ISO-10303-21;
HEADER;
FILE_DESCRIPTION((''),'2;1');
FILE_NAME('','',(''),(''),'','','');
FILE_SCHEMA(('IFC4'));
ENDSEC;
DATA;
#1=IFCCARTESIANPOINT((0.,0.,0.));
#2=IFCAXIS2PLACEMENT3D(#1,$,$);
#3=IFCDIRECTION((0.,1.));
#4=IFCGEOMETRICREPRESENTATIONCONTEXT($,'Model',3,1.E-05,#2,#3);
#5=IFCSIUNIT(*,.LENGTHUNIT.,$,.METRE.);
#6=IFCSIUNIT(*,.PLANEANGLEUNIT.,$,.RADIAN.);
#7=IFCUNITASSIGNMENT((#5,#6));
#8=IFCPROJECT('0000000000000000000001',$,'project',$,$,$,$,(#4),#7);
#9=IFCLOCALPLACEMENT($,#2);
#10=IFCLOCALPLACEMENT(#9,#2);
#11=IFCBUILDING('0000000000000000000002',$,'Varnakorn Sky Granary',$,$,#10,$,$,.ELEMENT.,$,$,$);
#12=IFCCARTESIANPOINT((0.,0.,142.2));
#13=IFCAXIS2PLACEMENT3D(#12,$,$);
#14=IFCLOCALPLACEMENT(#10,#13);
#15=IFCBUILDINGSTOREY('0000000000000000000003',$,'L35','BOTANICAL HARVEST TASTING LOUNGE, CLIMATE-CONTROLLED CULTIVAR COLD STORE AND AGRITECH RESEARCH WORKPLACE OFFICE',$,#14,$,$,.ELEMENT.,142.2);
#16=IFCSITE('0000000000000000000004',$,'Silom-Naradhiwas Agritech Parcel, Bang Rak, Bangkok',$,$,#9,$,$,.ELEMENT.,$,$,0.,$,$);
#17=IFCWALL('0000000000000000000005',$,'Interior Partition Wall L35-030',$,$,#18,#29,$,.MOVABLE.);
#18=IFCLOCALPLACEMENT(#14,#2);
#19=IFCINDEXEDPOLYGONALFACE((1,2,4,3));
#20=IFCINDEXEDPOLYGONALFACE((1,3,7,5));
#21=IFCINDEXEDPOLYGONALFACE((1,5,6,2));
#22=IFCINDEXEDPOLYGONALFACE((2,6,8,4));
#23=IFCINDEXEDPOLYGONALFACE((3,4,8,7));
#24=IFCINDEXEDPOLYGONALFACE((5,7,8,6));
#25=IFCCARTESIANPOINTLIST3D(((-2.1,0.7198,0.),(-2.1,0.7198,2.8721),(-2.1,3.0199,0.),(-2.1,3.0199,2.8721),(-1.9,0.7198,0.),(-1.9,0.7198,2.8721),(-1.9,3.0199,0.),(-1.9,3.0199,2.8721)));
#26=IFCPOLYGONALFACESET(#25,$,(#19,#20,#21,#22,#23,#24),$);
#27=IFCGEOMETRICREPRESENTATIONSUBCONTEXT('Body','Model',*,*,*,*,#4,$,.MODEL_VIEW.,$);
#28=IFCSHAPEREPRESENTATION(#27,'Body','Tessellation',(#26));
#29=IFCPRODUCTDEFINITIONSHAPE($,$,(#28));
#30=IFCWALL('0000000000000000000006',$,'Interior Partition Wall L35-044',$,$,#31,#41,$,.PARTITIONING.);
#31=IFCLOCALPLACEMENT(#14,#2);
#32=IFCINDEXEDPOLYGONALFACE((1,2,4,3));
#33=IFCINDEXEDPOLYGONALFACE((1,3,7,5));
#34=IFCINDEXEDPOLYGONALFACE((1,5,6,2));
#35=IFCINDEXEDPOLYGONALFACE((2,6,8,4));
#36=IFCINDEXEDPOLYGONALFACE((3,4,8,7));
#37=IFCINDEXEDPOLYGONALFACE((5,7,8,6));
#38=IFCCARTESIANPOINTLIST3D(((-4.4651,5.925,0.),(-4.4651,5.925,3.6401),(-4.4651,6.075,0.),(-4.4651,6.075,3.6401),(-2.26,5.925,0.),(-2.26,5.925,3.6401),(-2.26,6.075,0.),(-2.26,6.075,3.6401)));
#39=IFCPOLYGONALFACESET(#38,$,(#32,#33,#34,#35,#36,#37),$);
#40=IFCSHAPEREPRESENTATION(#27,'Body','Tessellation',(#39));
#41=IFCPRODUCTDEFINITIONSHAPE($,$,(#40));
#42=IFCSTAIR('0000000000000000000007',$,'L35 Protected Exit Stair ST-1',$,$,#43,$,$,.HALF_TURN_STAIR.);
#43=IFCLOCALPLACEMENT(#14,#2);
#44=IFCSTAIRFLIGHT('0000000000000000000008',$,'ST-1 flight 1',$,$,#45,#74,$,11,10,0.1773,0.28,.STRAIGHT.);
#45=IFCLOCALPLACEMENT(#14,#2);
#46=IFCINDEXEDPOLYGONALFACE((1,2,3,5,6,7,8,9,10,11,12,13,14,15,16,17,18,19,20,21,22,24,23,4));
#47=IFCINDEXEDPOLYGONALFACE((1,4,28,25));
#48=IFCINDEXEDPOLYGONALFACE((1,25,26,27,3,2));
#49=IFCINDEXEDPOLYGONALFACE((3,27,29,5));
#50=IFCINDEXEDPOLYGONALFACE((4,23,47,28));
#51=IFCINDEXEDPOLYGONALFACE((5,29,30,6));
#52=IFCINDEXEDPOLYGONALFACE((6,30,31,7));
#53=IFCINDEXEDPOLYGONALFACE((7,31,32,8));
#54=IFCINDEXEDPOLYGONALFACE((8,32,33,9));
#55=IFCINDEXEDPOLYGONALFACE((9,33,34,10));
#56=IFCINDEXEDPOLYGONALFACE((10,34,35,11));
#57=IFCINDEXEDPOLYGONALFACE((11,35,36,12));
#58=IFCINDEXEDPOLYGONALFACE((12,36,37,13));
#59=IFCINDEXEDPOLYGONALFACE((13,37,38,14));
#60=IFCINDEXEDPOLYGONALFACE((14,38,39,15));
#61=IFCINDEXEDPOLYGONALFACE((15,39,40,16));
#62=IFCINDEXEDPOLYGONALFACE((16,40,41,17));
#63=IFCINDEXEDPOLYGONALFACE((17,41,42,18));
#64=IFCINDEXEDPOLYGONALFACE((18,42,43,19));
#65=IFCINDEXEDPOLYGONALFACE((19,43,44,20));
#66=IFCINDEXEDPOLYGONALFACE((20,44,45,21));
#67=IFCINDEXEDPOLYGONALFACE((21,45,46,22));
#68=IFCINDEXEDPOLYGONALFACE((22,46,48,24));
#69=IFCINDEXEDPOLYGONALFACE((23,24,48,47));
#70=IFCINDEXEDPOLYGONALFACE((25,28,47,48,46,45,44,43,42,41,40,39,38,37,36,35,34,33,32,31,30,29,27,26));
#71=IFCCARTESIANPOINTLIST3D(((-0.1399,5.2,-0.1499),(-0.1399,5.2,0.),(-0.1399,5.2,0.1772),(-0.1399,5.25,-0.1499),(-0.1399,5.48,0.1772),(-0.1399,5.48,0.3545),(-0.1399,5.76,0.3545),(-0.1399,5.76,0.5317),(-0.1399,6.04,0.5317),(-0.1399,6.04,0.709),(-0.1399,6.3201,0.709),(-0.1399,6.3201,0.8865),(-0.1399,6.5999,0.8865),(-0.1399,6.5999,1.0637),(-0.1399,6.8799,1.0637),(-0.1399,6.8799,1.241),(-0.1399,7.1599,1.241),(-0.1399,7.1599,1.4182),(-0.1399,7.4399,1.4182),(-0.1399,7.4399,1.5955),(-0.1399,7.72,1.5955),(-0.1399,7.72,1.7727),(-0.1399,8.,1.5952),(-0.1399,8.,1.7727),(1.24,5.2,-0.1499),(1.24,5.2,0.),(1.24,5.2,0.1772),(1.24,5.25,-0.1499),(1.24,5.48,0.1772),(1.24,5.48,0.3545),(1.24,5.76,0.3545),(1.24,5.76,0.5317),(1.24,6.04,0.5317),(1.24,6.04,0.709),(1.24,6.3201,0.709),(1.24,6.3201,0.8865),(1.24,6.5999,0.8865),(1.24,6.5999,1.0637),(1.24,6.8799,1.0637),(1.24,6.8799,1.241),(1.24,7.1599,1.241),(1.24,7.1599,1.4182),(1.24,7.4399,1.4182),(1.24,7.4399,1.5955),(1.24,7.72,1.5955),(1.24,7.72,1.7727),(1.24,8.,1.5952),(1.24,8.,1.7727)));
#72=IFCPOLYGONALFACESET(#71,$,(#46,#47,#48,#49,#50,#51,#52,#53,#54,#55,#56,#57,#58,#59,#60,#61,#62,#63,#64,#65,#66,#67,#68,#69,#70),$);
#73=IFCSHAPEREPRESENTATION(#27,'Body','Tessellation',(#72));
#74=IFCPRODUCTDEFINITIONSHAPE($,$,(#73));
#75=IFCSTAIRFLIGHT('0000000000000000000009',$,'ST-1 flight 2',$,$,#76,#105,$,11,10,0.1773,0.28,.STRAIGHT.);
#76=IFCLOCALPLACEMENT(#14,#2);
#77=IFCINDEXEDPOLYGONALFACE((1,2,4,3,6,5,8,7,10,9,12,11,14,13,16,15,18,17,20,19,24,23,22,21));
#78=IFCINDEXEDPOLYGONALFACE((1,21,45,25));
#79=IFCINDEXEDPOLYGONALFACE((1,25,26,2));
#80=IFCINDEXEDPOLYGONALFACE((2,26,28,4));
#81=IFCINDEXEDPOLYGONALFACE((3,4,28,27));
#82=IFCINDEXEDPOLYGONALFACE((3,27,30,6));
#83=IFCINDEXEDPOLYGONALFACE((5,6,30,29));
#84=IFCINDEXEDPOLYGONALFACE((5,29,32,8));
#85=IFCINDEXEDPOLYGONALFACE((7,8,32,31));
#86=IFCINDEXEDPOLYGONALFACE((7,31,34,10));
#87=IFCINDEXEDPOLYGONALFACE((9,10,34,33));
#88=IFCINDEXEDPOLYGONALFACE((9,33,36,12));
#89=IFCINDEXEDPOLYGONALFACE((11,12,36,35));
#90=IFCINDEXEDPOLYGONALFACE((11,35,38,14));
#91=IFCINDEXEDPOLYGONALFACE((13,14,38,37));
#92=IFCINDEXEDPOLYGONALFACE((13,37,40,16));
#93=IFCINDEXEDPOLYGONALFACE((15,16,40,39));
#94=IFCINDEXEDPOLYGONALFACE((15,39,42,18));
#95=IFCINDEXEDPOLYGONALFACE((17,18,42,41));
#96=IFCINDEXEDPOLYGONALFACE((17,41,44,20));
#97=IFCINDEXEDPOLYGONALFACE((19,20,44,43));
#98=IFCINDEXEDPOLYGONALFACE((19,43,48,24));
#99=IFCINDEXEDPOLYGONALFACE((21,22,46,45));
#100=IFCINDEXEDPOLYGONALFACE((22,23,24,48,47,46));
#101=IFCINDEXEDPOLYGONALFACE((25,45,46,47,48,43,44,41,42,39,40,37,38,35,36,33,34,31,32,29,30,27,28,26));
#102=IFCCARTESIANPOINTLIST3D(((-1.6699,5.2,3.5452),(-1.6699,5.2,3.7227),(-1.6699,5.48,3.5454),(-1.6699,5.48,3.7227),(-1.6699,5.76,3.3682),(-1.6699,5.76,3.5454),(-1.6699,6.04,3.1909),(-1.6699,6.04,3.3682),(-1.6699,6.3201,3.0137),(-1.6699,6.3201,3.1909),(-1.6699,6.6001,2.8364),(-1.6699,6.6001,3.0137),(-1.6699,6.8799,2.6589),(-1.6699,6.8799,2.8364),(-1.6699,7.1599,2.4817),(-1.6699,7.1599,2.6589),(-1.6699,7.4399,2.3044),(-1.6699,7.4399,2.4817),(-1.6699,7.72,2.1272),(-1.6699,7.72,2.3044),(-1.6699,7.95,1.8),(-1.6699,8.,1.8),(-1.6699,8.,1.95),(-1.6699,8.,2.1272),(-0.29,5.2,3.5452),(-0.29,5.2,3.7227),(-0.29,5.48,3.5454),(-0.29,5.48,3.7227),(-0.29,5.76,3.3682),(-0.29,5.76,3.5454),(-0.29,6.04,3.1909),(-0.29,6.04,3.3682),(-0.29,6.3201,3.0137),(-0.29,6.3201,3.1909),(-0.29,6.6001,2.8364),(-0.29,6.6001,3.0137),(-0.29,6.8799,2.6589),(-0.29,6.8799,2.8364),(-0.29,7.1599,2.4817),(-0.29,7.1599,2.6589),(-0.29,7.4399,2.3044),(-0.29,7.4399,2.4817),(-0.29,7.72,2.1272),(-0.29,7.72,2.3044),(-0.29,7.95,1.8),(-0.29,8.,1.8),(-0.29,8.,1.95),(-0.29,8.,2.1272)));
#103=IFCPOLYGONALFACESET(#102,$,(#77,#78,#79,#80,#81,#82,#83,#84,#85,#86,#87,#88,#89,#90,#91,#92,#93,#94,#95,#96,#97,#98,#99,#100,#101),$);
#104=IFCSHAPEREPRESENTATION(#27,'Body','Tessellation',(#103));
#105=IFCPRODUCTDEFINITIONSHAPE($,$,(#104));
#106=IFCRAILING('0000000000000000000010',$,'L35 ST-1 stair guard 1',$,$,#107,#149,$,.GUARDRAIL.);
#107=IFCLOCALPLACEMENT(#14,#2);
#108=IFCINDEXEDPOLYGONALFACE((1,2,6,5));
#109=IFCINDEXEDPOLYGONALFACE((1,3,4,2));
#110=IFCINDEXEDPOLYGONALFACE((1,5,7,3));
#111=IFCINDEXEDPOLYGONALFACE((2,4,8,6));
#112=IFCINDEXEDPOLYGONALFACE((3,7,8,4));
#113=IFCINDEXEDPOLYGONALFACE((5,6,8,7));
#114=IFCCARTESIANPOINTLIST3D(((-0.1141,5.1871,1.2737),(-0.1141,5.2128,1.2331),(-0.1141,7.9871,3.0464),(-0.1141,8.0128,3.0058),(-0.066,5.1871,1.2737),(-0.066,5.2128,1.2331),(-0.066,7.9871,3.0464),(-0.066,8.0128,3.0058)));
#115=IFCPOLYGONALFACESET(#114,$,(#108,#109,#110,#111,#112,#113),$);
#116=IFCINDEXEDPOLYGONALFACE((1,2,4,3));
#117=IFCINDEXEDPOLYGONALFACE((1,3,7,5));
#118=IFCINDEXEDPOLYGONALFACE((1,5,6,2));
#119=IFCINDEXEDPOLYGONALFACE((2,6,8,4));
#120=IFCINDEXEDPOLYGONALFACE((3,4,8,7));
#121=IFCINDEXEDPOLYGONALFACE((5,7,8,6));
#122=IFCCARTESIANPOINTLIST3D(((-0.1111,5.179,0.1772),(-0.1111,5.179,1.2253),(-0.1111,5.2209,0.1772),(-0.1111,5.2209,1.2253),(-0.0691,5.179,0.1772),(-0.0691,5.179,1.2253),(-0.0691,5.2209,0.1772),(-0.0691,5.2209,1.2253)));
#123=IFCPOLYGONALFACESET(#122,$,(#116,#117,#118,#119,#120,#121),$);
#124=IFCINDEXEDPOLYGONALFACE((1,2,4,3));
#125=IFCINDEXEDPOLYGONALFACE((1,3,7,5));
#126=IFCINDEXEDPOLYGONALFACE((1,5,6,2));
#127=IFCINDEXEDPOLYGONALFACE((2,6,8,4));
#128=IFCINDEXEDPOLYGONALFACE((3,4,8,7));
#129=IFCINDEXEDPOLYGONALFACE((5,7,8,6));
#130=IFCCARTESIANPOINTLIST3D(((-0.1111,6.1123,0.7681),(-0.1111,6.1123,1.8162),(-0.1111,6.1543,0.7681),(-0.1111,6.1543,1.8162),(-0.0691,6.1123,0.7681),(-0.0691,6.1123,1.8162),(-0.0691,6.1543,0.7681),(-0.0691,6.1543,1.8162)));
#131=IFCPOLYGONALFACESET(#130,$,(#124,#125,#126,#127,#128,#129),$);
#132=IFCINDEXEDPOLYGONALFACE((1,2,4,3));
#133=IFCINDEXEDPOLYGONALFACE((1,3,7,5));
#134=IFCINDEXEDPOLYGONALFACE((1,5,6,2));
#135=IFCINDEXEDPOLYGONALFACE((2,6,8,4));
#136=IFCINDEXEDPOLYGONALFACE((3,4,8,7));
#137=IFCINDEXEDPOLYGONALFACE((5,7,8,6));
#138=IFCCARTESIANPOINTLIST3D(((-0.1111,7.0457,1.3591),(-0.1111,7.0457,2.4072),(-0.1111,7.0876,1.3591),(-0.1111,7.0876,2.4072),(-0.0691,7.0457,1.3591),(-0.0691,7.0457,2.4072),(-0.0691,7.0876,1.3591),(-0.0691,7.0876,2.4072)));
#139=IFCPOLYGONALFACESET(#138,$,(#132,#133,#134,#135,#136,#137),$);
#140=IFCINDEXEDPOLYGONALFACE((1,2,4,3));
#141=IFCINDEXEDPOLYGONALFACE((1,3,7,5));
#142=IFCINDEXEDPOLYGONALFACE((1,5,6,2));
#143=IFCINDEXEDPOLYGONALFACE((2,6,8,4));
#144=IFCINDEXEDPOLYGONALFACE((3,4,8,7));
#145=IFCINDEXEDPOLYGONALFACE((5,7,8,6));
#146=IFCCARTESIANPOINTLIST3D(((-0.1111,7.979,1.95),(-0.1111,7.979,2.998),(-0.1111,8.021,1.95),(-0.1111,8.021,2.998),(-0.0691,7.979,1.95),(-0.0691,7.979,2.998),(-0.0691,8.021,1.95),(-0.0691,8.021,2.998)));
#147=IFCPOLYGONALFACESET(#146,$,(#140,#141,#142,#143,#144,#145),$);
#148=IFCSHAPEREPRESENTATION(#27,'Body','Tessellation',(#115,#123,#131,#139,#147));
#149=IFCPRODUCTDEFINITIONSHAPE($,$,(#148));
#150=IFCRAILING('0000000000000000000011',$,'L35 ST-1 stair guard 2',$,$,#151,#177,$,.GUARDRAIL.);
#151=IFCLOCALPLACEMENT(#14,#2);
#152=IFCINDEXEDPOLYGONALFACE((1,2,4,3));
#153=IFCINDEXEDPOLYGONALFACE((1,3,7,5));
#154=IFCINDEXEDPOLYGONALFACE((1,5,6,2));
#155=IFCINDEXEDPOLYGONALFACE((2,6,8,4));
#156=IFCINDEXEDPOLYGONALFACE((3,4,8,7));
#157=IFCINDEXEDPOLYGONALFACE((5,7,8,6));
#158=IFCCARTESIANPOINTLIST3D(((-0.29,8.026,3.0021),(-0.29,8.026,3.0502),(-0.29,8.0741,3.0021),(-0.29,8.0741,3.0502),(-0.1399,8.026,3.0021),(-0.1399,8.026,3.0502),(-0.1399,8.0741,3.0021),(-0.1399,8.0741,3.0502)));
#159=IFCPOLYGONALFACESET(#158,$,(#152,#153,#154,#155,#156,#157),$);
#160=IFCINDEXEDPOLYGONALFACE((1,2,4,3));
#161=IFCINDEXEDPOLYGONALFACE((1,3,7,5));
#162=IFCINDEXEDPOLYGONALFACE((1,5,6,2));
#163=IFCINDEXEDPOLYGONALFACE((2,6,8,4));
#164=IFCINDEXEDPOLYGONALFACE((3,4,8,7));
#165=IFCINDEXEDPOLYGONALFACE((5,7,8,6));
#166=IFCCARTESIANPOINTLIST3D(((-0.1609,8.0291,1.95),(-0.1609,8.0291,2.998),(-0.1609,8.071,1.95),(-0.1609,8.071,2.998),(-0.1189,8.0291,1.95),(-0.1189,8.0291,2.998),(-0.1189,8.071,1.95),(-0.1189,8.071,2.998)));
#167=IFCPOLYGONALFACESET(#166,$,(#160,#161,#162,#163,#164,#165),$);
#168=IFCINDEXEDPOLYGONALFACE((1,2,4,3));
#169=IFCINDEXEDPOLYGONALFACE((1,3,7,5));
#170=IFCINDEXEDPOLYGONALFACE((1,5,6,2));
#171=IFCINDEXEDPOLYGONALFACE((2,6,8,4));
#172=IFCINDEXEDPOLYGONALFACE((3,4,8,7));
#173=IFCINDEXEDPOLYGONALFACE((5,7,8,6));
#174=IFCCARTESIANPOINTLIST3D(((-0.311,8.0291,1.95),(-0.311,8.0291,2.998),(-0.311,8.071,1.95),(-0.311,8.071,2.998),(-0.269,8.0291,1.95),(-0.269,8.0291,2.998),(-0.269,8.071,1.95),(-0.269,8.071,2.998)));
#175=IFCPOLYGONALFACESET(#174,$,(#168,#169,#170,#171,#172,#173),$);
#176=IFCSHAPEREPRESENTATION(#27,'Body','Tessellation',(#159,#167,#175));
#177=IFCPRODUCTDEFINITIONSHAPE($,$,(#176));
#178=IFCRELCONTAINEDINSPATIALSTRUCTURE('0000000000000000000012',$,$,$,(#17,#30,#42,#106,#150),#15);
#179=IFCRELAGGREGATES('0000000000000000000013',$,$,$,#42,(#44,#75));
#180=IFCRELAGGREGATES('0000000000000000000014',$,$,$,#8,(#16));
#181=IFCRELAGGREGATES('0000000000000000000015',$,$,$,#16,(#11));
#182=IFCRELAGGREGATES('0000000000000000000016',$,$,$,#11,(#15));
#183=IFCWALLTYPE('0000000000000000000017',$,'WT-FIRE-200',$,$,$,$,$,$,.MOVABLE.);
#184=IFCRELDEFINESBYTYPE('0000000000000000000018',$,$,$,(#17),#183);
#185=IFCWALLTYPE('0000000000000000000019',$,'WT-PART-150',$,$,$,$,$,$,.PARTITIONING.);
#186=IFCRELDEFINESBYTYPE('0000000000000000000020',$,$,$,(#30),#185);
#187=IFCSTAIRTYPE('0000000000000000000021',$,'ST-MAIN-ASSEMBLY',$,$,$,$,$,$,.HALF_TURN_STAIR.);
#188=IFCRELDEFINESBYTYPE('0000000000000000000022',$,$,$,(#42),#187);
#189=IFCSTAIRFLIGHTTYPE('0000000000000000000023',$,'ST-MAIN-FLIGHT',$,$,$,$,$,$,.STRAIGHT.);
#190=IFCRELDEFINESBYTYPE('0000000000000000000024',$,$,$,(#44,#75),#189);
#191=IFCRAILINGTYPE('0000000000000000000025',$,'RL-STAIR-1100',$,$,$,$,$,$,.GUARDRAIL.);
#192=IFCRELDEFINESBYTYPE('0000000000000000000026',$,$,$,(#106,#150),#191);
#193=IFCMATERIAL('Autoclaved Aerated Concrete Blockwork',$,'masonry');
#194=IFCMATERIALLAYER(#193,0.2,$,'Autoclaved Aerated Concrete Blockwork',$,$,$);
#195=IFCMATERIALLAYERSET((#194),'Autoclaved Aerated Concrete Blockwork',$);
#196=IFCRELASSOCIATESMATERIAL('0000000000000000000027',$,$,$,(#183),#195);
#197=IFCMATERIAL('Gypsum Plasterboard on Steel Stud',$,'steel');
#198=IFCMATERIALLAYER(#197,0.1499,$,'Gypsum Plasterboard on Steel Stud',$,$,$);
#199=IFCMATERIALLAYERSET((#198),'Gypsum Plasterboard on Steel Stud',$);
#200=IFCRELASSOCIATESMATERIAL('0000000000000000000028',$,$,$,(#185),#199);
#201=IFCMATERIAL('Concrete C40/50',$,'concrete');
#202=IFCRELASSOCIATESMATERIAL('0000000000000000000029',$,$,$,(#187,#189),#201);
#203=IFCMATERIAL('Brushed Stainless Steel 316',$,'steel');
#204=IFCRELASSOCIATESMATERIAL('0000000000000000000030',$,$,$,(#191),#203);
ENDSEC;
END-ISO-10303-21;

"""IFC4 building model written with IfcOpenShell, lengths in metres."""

from ifc_helpers import new_model, si_unit, direction, frame, frame_2d, origin, origin_2d, place, context, subcontext, project, spatial, polyline, rectangle, outline, extrude, material, layer, layer_set, type_object, element, aggregate, save


model = new_model("IFC4")

# Units and contexts
model_context = context("Model", 3, precision=1e-05, world=origin(), true_north=direction((0.0, 1.0)))
body_context = subcontext(model_context, "Body", "Model", "MODEL_VIEW")
ifc_project = project(units=[si_unit("LENGTHUNIT", "METRE"), si_unit("PLANEANGLEUNIT", "RADIAN")], contexts=[model_context])

# Site, building, storey
site_placement = place(None, origin())
site = spatial("IfcSite", under=ifc_project, at=site_placement, Name="Silom-Naradhiwas Agritech Parcel, Bang Rak, Bangkok", CompositionType="ELEMENT", RefElevation=0.0)
building_placement = place(site_placement, origin())
building = spatial("IfcBuilding", under=site, at=building_placement, Name="Varnakorn Sky Granary", CompositionType="ELEMENT")
storey_placement = place(building_placement, frame((0.0, 0.0, 142.2)))
storey = spatial("IfcBuildingStorey", under=building, at=storey_placement, Name="L35", Description="BOTANICAL HARVEST TASTING LOUNGE, CLIMATE-CONTROLLED CULTIVAR COLD STORE AND AGRITECH RESEARCH WORKPLACE OFFICE", CompositionType="ELEMENT", Elevation=142.2)

# Walls
ifc_material_1 = material(Name="Autoclaved Aerated Concrete Blockwork", Category="masonry")
ifc_layer_1 = layer(ifc_material_1, 0.2, Name="Autoclaved Aerated Concrete Blockwork")
ifc_layer_set_1 = layer_set([ifc_layer_1], Name="Autoclaved Aerated Concrete Blockwork")
wall_type_1 = type_object("IfcWallType", Name="WT-FIRE-200", PredefinedType="MOVABLE", material=ifc_layer_set_1)
wall_1_placement = place(storey_placement, frame((-2.0, 0.72, 0.0), z_axis=(0.0, 0.0, 1.0), x_axis=(0.0, 1.0, 0.0)))
element("IfcWall", 1, at=wall_1_placement, inside=storey, type_object=wall_type_1, Name="Interior Partition Wall L35-030", PredefinedType="MOVABLE", context=body_context, shape_type="SweptSolid", body=[
    extrude(rectangle(XDim=2.3, YDim=0.2, at=frame_2d((1.1499, 0.0))), origin(), (0.0, 0.0, 1.0), 2.8721),
])
ifc_material_2 = material(Name="Gypsum Plasterboard on Steel Stud", Category="steel")
ifc_layer_2 = layer(ifc_material_2, 0.1499, Name="Gypsum Plasterboard on Steel Stud")
ifc_layer_set_2 = layer_set([ifc_layer_2], Name="Gypsum Plasterboard on Steel Stud")
wall_type_2 = type_object("IfcWallType", Name="WT-PART-150", PredefinedType="PARTITIONING", material=ifc_layer_set_2)
wall_2_placement = place(storey_placement, frame((-4.4651, 6.0, 0.0), z_axis=(0.0, 0.0, 1.0), x_axis=(1.0, 0.0, 0.0)))
element("IfcWall", 2, at=wall_2_placement, inside=storey, type_object=wall_type_2, Name="Interior Partition Wall L35-044", PredefinedType="PARTITIONING", context=body_context, shape_type="SweptSolid", body=[
    extrude(rectangle(XDim=2.2051, YDim=0.1499, at=frame_2d((1.1025, 0.0))), origin(), (0.0, 0.0, 1.0), 3.6401),
])

# Stair, stair flights
ifc_material_3 = material(Name="Concrete C40/50", Category="concrete")
stair_type = type_object("IfcStairType", Name="ST-MAIN-ASSEMBLY", PredefinedType="HALF_TURN_STAIR", material=ifc_material_3)
stair_placement = place(storey_placement, origin())
stair = element("IfcStair", 3, at=stair_placement, inside=storey, type_object=stair_type, Name="L35 Protected Exit Stair ST-1", PredefinedType="HALF_TURN_STAIR")
stair_flight_type = type_object("IfcStairFlightType", Name="ST-MAIN-FLIGHT", PredefinedType="STRAIGHT", material=ifc_material_3)
stair_flight_1_placement = place(storey_placement, frame((0.55, 5.2, 0.0), z_axis=(0.0, 0.0, 1.0), x_axis=(0.0, 1.0, 0.0)))
stair_flight_1 = element("IfcStairFlight", 4, at=stair_flight_1_placement, type_object=stair_flight_type, Name="ST-1 flight 1", NumberOfRisers=11, NumberOfTreads=10, PredefinedType="STRAIGHT", RiserHeight=0.1773, TreadLength=0.28, context=body_context, shape_type="SweptSolid", body=[
    extrude(outline(polyline([(0.0, -0.1499), (0.0, 0.0), (0.0, 0.1772), (0.28, 0.1772), (0.28, 0.3545), (0.5601, 0.3545), (0.5601, 0.5317), (0.8401, 0.5317), (0.8401, 0.709), (1.1201, 0.709), (1.1201, 0.8865), (1.3999, 0.8865), (1.3999, 1.0637), (1.6799, 1.0637), (1.6799, 1.241), (1.96, 1.241), (1.96, 1.4182), (2.24, 1.4182), (2.24, 1.5955), (2.52, 1.5955), (2.52, 1.7727), (2.8, 1.7727), (2.8, 1.95), (2.8, 1.5952), (0.05, -0.1499), (0.0, -0.1499)])), frame((0.0, 0.6899, 0.0), z_axis=(0.0, -1.0, 0.0), x_axis=(1.0, 0.0, 0.0)), (0.0, 0.0, 1.0), 1.3799),
])
stair_flight_2_placement = place(storey_placement, frame((-0.98, 8.0, 1.95), z_axis=(0.0, 0.0, 1.0), x_axis=(0.0, -1.0, 0.0)))
stair_flight_2 = element("IfcStairFlight", 5, at=stair_flight_2_placement, type_object=stair_flight_type, Name="ST-1 flight 2", NumberOfRisers=11, NumberOfTreads=10, PredefinedType="STRAIGHT", RiserHeight=0.1773, TreadLength=0.28, context=body_context, shape_type="SweptSolid", body=[
    extrude(outline(polyline([(0.0, -0.1499), (0.0, 0.0), (0.0, 0.1772), (0.28, 0.1772), (0.28, 0.3545), (0.5601, 0.3545), (0.5601, 0.5317), (0.8401, 0.5317), (0.8401, 0.709), (1.1201, 0.709), (1.1201, 0.8865), (1.3999, 0.8865), (1.3999, 1.0637), (1.6799, 1.0637), (1.6799, 1.241), (1.96, 1.241), (1.96, 1.4182), (2.24, 1.4182), (2.24, 1.5955), (2.52, 1.5955), (2.52, 1.7727), (2.8, 1.7727), (2.8, 1.95), (2.8, 1.5952), (0.05, -0.1499), (0.0, -0.1499)])), frame((0.0, 0.6899, 0.0), z_axis=(0.0, -1.0, 0.0), x_axis=(1.0, 0.0, 0.0)), (0.0, 0.0, 1.0), 1.3799),
])
aggregate(stair, [stair_flight_1, stair_flight_2])

# Railings
ifc_material_4 = material(Name="Brushed Stainless Steel 316", Category="steel")
railing_type_1 = type_object("IfcRailingType", Name="RL-STAIR-1100", PredefinedType="GUARDRAIL", material=ifc_material_4)
railing_1_placement = place(storey_placement, frame((-0.0901, 5.2, 0.1772)))
element("IfcRailing", 6, at=railing_1_placement, inside=storey, type_object=railing_type_1, Name="L35 ST-1 stair guard 1", PredefinedType="GUARDRAIL", context=body_context, shape_type="SweptSolid", body=[
    extrude(rectangle(XDim=0.0481, YDim=0.0481, at=origin_2d()), frame((0.0, 0.0, 1.0762), z_axis=(0.0, 0.844909, 0.53491), x_axis=(-1.0, 0.0, 0.0)), (0.0, 0.0, 1.0), 3.314),
    extrude(rectangle(XDim=0.042, YDim=0.042, at=origin_2d()), origin(), (0.0, 0.0, 1.0), 1.0481),
    extrude(rectangle(XDim=0.042, YDim=0.042, at=origin_2d()), frame((0.0, 0.9333, 0.5908)), (0.0, 0.0, 1.0), 1.0481),
    extrude(rectangle(XDim=0.042, YDim=0.042, at=origin_2d()), frame((0.0, 1.8667, 1.1819)), (0.0, 0.0, 1.0), 1.0481),
    extrude(rectangle(XDim=0.042, YDim=0.042, at=origin_2d()), frame((0.0, 2.8, 1.7727)), (0.0, 0.0, 1.0), 1.0481),
])
railing_2_placement = place(storey_placement, frame((-0.1399, 8.05, 1.95)))
element("IfcRailing", 7, at=railing_2_placement, inside=storey, type_object=railing_type_1, Name="L35 ST-1 stair guard 2", PredefinedType="GUARDRAIL", context=body_context, shape_type="SweptSolid", body=[
    extrude(rectangle(XDim=0.0481, YDim=0.0481, at=origin_2d()), frame((0.0, 0.0, 1.0762), z_axis=(-1.0, 0.0, 0.0), x_axis=(0.0, -1.0, 0.0)), (0.0, 0.0, 1.0), 0.1501),
    extrude(rectangle(XDim=0.042, YDim=0.042, at=origin_2d()), origin(), (0.0, 0.0, 1.0), 1.0481),
    extrude(rectangle(XDim=0.042, YDim=0.042, at=origin_2d()), frame((-0.1501, 0.0, 0.0)), (0.0, 0.0, 1.0), 1.0481),
])

save(model, "model.ifc")
